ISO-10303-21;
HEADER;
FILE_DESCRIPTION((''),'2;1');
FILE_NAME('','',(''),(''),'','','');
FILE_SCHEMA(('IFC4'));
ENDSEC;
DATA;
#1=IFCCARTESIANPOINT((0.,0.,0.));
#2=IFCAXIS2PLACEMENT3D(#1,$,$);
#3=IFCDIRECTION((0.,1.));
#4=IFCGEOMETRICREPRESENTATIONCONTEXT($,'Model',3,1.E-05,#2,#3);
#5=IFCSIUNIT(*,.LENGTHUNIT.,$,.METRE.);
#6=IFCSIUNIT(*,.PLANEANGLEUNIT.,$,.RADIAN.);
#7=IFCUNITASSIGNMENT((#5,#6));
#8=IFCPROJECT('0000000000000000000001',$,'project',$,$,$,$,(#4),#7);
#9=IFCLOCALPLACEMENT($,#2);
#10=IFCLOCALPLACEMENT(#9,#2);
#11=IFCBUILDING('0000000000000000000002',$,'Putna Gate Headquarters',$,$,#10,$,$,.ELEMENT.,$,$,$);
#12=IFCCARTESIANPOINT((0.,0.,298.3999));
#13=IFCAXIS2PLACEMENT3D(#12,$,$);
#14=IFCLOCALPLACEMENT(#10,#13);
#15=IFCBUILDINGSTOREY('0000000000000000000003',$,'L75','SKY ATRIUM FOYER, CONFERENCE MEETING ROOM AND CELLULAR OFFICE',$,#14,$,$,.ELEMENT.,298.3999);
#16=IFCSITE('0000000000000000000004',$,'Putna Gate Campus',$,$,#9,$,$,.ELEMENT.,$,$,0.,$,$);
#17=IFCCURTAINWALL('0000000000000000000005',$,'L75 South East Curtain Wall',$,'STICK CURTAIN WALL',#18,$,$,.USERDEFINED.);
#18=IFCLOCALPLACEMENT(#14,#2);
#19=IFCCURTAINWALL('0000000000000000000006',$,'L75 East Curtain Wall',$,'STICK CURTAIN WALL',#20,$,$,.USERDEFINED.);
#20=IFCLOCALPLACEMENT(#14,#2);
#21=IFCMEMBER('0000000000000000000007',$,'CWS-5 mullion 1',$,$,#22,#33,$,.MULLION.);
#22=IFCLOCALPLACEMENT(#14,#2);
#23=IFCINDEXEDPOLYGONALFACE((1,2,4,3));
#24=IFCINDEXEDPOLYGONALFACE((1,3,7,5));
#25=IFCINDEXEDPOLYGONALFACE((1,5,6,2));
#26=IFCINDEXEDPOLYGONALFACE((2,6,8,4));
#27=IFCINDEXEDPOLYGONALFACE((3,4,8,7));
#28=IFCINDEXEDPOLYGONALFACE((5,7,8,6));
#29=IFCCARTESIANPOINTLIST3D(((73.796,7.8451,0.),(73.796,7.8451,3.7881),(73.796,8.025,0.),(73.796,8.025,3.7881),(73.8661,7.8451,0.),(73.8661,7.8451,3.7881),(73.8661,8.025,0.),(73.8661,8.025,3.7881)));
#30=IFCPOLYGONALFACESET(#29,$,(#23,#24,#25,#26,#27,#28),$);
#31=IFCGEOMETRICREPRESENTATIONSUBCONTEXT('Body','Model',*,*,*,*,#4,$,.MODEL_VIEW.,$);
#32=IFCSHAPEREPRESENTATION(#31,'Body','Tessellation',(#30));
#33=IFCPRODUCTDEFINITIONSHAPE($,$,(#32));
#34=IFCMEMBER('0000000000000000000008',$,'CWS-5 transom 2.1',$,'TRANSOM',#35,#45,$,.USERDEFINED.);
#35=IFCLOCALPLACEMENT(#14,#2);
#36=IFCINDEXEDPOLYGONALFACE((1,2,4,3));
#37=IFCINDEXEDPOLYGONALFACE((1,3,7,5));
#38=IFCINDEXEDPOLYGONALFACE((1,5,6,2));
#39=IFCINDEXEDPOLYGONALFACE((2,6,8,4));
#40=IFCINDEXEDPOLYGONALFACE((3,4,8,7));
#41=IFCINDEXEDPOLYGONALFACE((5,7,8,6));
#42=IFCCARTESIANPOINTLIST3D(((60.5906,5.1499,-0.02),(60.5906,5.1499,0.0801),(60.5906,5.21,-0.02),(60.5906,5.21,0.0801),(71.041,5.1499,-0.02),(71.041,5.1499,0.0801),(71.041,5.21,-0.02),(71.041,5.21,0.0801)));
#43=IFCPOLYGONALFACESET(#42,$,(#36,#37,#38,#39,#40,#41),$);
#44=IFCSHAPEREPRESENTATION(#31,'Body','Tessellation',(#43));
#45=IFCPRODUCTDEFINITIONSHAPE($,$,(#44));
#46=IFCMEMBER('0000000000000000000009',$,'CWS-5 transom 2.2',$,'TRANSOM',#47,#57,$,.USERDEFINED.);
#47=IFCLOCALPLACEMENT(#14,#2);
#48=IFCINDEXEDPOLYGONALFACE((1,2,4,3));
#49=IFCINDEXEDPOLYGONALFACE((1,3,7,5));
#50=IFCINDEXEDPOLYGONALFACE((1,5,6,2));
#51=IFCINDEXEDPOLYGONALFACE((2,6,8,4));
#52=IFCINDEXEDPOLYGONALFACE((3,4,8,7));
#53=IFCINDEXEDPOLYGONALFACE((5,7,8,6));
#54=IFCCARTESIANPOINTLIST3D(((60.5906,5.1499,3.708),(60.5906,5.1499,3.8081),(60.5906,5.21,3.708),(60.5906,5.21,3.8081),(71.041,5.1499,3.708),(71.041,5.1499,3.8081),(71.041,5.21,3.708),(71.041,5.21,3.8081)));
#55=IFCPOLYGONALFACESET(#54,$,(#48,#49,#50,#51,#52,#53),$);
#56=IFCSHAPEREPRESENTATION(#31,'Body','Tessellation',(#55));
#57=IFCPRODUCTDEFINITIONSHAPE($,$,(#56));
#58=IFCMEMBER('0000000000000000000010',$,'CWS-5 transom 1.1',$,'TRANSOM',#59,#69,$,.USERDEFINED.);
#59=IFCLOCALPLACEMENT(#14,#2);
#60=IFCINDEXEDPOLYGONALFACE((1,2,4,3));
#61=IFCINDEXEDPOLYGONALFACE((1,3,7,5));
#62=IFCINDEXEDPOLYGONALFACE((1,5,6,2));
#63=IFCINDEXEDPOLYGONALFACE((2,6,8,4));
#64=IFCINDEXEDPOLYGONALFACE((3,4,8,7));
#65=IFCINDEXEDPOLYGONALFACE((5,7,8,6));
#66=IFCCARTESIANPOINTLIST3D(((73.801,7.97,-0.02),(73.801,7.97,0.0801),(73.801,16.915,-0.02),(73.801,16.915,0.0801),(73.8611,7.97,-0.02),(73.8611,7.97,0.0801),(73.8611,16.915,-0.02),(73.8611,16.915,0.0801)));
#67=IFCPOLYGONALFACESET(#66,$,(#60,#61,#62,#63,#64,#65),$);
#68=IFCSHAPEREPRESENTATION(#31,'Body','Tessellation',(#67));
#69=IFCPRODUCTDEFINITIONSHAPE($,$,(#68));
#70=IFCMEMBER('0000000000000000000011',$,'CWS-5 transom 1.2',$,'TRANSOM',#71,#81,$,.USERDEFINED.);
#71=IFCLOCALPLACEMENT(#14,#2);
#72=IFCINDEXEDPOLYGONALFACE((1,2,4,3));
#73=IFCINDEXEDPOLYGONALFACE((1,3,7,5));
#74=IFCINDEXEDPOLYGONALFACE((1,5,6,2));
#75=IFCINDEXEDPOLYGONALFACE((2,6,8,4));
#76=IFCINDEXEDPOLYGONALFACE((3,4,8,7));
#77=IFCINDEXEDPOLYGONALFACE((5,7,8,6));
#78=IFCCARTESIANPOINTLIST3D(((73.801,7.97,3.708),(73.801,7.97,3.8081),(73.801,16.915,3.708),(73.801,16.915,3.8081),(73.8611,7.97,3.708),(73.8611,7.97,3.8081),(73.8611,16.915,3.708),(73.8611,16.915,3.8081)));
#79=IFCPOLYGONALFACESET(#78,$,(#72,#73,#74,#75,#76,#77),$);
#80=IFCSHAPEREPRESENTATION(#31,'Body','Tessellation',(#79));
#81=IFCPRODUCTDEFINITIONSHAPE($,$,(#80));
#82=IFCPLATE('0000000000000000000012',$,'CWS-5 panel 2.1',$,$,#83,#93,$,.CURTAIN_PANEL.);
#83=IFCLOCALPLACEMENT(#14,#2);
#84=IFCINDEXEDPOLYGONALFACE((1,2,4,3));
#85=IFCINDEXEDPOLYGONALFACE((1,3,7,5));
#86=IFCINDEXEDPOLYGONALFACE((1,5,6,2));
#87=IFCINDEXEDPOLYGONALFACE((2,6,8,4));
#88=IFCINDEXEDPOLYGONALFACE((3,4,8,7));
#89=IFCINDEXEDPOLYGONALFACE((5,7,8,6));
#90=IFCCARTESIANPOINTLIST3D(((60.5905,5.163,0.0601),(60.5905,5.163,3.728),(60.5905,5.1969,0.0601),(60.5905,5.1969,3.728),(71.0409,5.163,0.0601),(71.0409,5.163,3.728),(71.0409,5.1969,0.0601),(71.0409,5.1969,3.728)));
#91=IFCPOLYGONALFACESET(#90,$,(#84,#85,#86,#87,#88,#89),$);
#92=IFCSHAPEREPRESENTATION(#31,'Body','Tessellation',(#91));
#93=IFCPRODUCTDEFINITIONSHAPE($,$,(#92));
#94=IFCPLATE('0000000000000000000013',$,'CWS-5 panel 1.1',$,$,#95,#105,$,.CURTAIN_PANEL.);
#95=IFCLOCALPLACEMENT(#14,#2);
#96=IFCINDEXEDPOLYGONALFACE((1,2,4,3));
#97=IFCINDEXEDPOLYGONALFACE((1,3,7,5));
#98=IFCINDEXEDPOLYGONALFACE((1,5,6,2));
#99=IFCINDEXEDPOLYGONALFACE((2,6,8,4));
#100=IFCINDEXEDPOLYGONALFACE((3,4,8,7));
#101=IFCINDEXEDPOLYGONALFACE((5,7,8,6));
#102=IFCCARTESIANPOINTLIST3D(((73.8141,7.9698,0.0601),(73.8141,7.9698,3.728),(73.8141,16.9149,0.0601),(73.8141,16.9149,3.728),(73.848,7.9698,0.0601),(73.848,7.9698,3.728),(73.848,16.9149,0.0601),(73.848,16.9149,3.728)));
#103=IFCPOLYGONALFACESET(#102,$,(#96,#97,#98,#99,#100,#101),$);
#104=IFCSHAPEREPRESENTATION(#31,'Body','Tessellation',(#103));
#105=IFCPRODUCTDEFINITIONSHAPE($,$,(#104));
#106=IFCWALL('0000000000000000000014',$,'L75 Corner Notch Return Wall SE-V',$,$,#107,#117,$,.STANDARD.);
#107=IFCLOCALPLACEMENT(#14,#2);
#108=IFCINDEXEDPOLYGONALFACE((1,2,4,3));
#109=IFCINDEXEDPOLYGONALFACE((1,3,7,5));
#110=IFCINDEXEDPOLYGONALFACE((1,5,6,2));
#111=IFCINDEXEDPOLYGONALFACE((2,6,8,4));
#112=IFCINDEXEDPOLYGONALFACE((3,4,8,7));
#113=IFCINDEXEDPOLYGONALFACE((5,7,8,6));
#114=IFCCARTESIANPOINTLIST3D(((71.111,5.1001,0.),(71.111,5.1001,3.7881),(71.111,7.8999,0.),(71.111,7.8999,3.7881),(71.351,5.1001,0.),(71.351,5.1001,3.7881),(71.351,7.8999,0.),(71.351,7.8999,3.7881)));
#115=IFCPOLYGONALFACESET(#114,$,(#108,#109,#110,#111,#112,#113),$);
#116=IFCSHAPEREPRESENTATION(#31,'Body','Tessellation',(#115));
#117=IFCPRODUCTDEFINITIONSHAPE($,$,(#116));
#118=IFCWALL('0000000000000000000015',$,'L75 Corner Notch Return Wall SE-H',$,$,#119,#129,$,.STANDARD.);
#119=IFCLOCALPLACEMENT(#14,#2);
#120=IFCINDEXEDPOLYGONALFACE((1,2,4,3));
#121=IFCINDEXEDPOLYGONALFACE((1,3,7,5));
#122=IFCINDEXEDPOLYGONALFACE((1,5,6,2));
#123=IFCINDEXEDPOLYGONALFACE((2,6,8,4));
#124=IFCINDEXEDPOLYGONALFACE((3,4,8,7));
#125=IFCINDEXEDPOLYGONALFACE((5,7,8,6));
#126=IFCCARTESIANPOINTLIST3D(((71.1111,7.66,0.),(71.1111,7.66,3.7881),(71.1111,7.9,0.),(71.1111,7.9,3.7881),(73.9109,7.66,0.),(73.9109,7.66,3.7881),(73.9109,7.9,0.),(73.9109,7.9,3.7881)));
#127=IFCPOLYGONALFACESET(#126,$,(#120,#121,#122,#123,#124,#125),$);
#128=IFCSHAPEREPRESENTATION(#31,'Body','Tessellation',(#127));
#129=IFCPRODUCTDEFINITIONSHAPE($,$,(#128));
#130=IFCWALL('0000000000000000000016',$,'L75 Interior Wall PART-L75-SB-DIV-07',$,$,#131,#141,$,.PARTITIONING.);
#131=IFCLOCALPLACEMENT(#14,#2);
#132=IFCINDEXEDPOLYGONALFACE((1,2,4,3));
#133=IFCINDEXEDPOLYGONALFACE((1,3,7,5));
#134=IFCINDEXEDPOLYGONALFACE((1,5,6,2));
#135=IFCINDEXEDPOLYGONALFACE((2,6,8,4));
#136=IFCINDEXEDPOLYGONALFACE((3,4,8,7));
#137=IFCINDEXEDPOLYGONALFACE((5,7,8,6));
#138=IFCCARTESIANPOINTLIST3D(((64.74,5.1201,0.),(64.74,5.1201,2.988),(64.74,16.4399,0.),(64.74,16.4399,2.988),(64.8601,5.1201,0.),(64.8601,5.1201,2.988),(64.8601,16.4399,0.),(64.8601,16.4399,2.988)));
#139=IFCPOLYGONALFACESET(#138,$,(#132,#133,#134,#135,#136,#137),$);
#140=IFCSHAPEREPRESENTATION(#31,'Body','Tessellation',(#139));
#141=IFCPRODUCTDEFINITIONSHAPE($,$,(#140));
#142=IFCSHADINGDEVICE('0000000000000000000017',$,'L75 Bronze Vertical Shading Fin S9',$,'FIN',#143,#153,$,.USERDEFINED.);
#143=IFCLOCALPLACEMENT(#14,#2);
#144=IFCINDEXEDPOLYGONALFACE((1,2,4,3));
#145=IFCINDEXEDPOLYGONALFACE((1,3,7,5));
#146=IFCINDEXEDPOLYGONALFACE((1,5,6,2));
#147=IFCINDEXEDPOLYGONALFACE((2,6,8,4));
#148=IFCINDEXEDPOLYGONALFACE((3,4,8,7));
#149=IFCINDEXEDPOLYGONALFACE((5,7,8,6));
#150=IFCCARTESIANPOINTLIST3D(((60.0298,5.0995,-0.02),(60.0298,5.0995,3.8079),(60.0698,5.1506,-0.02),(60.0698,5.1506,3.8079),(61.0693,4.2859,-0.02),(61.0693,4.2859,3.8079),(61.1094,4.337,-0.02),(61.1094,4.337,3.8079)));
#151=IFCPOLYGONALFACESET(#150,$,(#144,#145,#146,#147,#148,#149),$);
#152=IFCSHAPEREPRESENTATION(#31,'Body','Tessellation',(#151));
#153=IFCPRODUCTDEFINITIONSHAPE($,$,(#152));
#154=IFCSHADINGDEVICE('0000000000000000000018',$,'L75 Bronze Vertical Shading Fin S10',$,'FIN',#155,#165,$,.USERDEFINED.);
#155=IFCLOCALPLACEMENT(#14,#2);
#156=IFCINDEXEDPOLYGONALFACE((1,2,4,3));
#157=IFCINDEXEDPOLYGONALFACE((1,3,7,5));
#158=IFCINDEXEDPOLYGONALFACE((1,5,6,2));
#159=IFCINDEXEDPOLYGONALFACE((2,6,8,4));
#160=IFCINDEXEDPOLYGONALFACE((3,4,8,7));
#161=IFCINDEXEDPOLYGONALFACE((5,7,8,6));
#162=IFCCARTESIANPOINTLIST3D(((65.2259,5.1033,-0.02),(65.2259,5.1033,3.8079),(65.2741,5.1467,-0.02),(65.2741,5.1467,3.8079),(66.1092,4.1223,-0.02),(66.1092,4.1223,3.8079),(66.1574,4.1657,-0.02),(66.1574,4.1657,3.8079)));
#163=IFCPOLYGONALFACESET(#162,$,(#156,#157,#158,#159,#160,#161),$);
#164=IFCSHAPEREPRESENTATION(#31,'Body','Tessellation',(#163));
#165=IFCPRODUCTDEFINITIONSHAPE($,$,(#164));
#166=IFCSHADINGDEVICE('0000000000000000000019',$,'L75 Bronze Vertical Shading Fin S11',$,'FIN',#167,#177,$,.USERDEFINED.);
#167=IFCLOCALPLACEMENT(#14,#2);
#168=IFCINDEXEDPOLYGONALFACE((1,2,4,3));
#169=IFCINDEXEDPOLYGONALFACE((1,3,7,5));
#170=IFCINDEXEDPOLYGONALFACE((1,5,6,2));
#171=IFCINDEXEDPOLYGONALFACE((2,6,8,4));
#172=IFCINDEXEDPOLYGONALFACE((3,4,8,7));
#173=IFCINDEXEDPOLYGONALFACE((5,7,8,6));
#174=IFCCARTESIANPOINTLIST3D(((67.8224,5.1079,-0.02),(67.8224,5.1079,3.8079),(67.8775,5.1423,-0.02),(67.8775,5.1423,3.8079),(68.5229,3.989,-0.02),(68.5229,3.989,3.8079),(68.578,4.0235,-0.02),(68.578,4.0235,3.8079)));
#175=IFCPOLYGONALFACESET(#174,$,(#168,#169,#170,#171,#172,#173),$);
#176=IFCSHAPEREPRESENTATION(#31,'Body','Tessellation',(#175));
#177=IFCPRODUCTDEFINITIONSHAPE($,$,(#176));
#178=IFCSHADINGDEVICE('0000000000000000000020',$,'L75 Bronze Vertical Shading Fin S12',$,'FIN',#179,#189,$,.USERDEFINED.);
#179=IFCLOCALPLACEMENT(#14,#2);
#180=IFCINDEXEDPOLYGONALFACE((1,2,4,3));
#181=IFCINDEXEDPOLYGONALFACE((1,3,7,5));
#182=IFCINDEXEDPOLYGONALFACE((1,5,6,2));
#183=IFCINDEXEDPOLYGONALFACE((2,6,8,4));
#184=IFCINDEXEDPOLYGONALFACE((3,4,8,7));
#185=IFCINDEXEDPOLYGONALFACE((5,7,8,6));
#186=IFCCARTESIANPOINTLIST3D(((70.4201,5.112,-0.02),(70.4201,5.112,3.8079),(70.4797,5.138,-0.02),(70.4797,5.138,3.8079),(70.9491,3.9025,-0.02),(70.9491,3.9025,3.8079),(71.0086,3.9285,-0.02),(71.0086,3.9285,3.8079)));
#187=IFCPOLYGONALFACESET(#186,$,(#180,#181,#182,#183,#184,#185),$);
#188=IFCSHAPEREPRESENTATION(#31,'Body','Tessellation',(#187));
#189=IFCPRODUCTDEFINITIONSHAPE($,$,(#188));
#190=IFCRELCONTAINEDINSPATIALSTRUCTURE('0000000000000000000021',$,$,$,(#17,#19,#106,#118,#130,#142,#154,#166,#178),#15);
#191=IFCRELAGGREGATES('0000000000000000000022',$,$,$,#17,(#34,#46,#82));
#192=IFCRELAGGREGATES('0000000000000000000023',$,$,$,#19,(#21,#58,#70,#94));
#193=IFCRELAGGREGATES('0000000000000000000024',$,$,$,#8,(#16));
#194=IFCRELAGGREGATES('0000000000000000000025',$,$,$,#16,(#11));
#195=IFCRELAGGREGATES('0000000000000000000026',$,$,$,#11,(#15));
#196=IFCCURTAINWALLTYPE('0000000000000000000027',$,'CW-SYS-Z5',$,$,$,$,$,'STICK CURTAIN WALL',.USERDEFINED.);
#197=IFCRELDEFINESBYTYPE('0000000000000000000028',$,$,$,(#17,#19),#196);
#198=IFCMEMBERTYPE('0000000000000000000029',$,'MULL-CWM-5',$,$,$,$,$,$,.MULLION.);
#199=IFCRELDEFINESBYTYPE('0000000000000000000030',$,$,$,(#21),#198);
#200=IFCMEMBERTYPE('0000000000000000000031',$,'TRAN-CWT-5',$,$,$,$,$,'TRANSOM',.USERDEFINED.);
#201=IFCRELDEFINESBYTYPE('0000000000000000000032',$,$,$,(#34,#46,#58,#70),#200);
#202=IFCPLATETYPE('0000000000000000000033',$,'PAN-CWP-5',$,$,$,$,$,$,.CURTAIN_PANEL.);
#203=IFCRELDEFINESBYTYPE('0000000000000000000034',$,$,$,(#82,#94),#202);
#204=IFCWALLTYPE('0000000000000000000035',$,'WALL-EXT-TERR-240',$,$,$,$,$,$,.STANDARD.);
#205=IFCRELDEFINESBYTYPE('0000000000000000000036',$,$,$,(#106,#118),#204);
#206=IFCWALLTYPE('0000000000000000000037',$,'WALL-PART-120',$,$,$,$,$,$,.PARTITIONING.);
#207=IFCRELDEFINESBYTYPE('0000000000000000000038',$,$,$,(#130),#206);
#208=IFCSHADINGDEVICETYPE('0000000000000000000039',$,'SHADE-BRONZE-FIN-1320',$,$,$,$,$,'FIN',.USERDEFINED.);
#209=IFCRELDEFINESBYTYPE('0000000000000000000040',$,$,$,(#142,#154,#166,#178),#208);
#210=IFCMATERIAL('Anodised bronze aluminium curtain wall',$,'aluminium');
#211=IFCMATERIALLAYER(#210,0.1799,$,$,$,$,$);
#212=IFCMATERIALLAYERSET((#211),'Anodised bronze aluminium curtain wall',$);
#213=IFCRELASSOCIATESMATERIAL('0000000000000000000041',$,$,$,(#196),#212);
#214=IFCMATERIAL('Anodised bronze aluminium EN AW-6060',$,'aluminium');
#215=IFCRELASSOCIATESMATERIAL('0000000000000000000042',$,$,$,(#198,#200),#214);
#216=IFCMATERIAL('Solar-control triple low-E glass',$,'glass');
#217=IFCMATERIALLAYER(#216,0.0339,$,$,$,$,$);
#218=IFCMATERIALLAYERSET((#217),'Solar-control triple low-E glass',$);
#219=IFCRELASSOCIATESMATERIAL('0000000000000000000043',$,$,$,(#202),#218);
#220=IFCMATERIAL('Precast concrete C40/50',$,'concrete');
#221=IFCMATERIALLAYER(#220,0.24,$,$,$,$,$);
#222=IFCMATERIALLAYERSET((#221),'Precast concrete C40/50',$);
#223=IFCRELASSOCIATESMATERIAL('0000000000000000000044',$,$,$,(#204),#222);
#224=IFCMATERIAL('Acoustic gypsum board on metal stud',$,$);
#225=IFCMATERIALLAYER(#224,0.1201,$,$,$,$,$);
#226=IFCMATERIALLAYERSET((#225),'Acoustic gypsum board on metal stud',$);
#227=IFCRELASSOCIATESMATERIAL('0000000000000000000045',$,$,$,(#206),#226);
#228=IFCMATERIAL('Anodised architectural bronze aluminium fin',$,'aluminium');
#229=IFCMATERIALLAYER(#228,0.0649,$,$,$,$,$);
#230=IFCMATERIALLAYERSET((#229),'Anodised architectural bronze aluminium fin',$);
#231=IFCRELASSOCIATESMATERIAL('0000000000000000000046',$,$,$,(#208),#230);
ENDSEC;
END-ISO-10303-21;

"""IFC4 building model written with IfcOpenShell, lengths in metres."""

from ifc_helpers import new_model, si_unit, direction, frame, frame_2d, origin, origin_2d, place, context, subcontext, project, spatial, rectangle, extrude, material, layer, layer_set, material_profile, profile_set, type_object, element, aggregate, save


model = new_model("IFC4")

# Units and contexts
model_context = context("Model", 3, precision=1e-05, world=origin(), true_north=direction((0.0, 1.0)))
body_context = subcontext(model_context, "Body", "Model", "MODEL_VIEW")
ifc_project = project(units=[si_unit("LENGTHUNIT", "METRE"), si_unit("PLANEANGLEUNIT", "RADIAN")], contexts=[model_context])

# Site, building, storey
site_placement = place(None, origin())
site = spatial("IfcSite", under=ifc_project, at=site_placement, Name="Putna Gate Campus", CompositionType="ELEMENT", RefElevation=0.0)
building_placement = place(site_placement, origin())
building = spatial("IfcBuilding", under=site, at=building_placement, Name="Putna Gate Headquarters", CompositionType="ELEMENT")
storey_placement = place(building_placement, frame((0.0, 0.0, 298.3999)))
storey = spatial("IfcBuildingStorey", under=building, at=storey_placement, Name="L75", Description="SKY ATRIUM FOYER, CONFERENCE MEETING ROOM AND CELLULAR OFFICE", CompositionType="ELEMENT", Elevation=298.3999)

# Curtain wall
ifc_material_1 = material(Name="Anodised bronze aluminium curtain wall", Category="aluminium")
ifc_layer_1 = layer(ifc_material_1, 0.1799)
ifc_layer_set_1 = layer_set([ifc_layer_1], Name="Anodised bronze aluminium curtain wall")
curtain_wall_type = type_object("IfcCurtainWallType", Name="CW-SYS-Z5", ElementType="STICK CURTAIN WALL", PredefinedType="USERDEFINED", material=ifc_layer_set_1)
curtain_wall_1_placement = place(storey_placement, origin())
curtain_wall_1 = element("IfcCurtainWall", 1, at=curtain_wall_1_placement, inside=storey, type_object=curtain_wall_type, Name="L75 South East Curtain Wall", ObjectType="STICK CURTAIN WALL", PredefinedType="USERDEFINED")
ifc_material_2 = material(Name="Anodised bronze aluminium EN AW-6060", Category="aluminium")
ifc_material_profile_1 = material_profile(ifc_material_2, rectangle(XDim=0.0701, YDim=0.1799, at=origin_2d()), Name="Anodised bronze aluminium EN AW-6060")
ifc_profile_set_1 = profile_set([ifc_material_profile_1], Name="Anodised bronze aluminium EN AW-6060")
member_type_1 = type_object("IfcMemberType", Name="MULL-CWM-5", PredefinedType="MULLION", material=ifc_profile_set_1)

# Curtain wall, member
curtain_wall_2_placement = place(storey_placement, origin())
curtain_wall_2 = element("IfcCurtainWall", 2, at=curtain_wall_2_placement, inside=storey, type_object=curtain_wall_type, Name="L75 East Curtain Wall", ObjectType="STICK CURTAIN WALL", PredefinedType="USERDEFINED")
member_1_placement = place(storey_placement, frame((73.8311, 7.9351, 0.0), z_axis=(0.0, 0.0, 1.0), x_axis=(-1.0, 0.0, 0.0)))
member_1 = element("IfcMember", 3, at=member_1_placement, type_object=member_type_1, Name="CWS-5 mullion 1", PredefinedType="MULLION", context=body_context, shape_type="SweptSolid", body=[
    extrude(rectangle(XDim=0.0701, YDim=0.1799, at=origin_2d()), origin(), (0.0, 0.0, 1.0), 3.7881),
])

# Members
ifc_material_profile_2 = material_profile(ifc_material_2, rectangle(XDim=0.0601, YDim=0.1001, at=origin_2d()), Name="Anodised bronze aluminium EN AW-6060")
ifc_profile_set_2 = profile_set([ifc_material_profile_2], Name="Anodised bronze aluminium EN AW-6060")
member_type_2 = type_object("IfcMemberType", Name="TRAN-CWT-5", ElementType="TRANSOM", PredefinedType="USERDEFINED", material=ifc_profile_set_2)
member_2_placement = place(storey_placement, frame((60.5906, 5.1799, 0.03), z_axis=(1.0, 0.0, 0.0), x_axis=(0.0, 1.0, 0.0)))
member_2 = element("IfcMember", 4, at=member_2_placement, type_object=member_type_2, Name="CWS-5 transom 2.1", ObjectType="TRANSOM", PredefinedType="USERDEFINED", context=body_context, shape_type="SweptSolid", body=[
    extrude(rectangle(XDim=0.0601, YDim=0.1001, at=origin_2d()), origin(), (0.0, 0.0, 1.0), 10.4504),
])
member_3_placement = place(storey_placement, frame((60.5906, 5.1799, 3.7581), z_axis=(1.0, 0.0, 0.0), x_axis=(0.0, 1.0, 0.0)))
member_3 = element("IfcMember", 5, at=member_3_placement, type_object=member_type_2, Name="CWS-5 transom 2.2", ObjectType="TRANSOM", PredefinedType="USERDEFINED", context=body_context, shape_type="SweptSolid", body=[
    extrude(rectangle(XDim=0.0601, YDim=0.1001, at=origin_2d()), origin(), (0.0, 0.0, 1.0), 10.4504),
])
member_4_placement = place(storey_placement, frame((73.8311, 7.97, 0.03), z_axis=(0.0, 1.0, 0.0), x_axis=(-1.0, 0.0, 0.0)))
member_4 = element("IfcMember", 6, at=member_4_placement, type_object=member_type_2, Name="CWS-5 transom 1.1", ObjectType="TRANSOM", PredefinedType="USERDEFINED", context=body_context, shape_type="SweptSolid", body=[
    extrude(rectangle(XDim=0.0601, YDim=0.1001, at=origin_2d()), origin(), (0.0, 0.0, 1.0), 8.9451),
])
member_5_placement = place(storey_placement, frame((73.8311, 7.97, 3.7581), z_axis=(0.0, 1.0, 0.0), x_axis=(-1.0, 0.0, 0.0)))
member_5 = element("IfcMember", 7, at=member_5_placement, type_object=member_type_2, Name="CWS-5 transom 1.2", ObjectType="TRANSOM", PredefinedType="USERDEFINED", context=body_context, shape_type="SweptSolid", body=[
    extrude(rectangle(XDim=0.0601, YDim=0.1001, at=origin_2d()), origin(), (0.0, 0.0, 1.0), 8.9451),
])

# Plates
ifc_material_3 = material(Name="Solar-control triple low-E glass", Category="glass")
ifc_layer_2 = layer(ifc_material_3, 0.0339)
ifc_layer_set_2 = layer_set([ifc_layer_2], Name="Solar-control triple low-E glass")
plate_type = type_object("IfcPlateType", Name="PAN-CWP-5", PredefinedType="CURTAIN_PANEL", material=ifc_layer_set_2)
plate_1_placement = place(storey_placement, frame((65.8157, 5.1799, 0.0601), z_axis=(0.0, 0.0, 1.0), x_axis=(1.0, 0.0, 0.0)))
plate_1 = element("IfcPlate", 8, at=plate_1_placement, type_object=plate_type, Name="CWS-5 panel 2.1", PredefinedType="CURTAIN_PANEL", context=body_context, shape_type="SweptSolid", body=[
    extrude(rectangle(XDim=10.4504, YDim=0.0339, at=origin_2d()), origin(), (0.0, 0.0, 1.0), 3.668),
])
aggregate(curtain_wall_1, [member_2, member_3, plate_1])
plate_2_placement = place(storey_placement, frame((73.8311, 12.4424, 0.0601), z_axis=(0.0, 0.0, 1.0), x_axis=(0.0, 1.0, 0.0)))
plate_2 = element("IfcPlate", 9, at=plate_2_placement, type_object=plate_type, Name="CWS-5 panel 1.1", PredefinedType="CURTAIN_PANEL", context=body_context, shape_type="SweptSolid", body=[
    extrude(rectangle(XDim=8.9451, YDim=0.0339, at=origin_2d()), origin(), (0.0, 0.0, 1.0), 3.668),
])
aggregate(curtain_wall_2, [member_1, member_4, member_5, plate_2])

# Walls
ifc_material_4 = material(Name="Precast concrete C40/50", Category="concrete")
ifc_layer_3 = layer(ifc_material_4, 0.24)
ifc_layer_set_3 = layer_set([ifc_layer_3], Name="Precast concrete C40/50")
wall_type_1 = type_object("IfcWallType", Name="WALL-EXT-TERR-240", PredefinedType="STANDARD", material=ifc_layer_set_3)
for number, where, z_axis, x_axis, name in (
    (10, (71.231, 7.8999, 0.0), (0.0, 0.0, 1.0), (0.0, -1.0, 0.0), "L75 Corner Notch Return Wall SE-V"),
    (11, (73.9109, 7.78, 0.0), (0.0, 0.0, 1.0), (-1.0, 0.0, 0.0), "L75 Corner Notch Return Wall SE-H"),
):
    element("IfcWall", number, at=place(storey_placement, frame(where, z_axis=z_axis, x_axis=x_axis)), inside=storey, type_object=wall_type_1, Name=name, PredefinedType="STANDARD", context=body_context, shape_type="SweptSolid", body=[
        extrude(rectangle(XDim=2.7998, YDim=0.24, at=frame_2d((1.3999, 0.0))), origin(), (0.0, 0.0, 1.0), 3.7881),
    ])
ifc_material_5 = material(Name="Acoustic gypsum board on metal stud")
ifc_layer_4 = layer(ifc_material_5, 0.1201)
ifc_layer_set_4 = layer_set([ifc_layer_4], Name="Acoustic gypsum board on metal stud")
wall_type_2 = type_object("IfcWallType", Name="WALL-PART-120", PredefinedType="PARTITIONING", material=ifc_layer_set_4)
wall_placement = place(storey_placement, frame((64.8, 5.1201, 0.0), z_axis=(0.0, 0.0, 1.0), x_axis=(0.0, 1.0, 0.0)))
element("IfcWall", 12, at=wall_placement, inside=storey, type_object=wall_type_2, Name="L75 Interior Wall PART-L75-SB-DIV-07", PredefinedType="PARTITIONING", context=body_context, shape_type="SweptSolid", body=[
    extrude(rectangle(XDim=11.3198, YDim=0.1201, at=frame_2d((5.6599, 0.0))), origin(), (0.0, 0.0, 1.0), 2.988),
])

# Shading devices
ifc_material_6 = material(Name="Anodised architectural bronze aluminium fin", Category="aluminium")
ifc_layer_5 = layer(ifc_material_6, 0.0649)
ifc_layer_set_5 = layer_set([ifc_layer_5], Name="Anodised architectural bronze aluminium fin")
shading_device_type = type_object("IfcShadingDeviceType", Name="SHADE-BRONZE-FIN-1320", ElementType="FIN", PredefinedType="USERDEFINED", material=ifc_layer_set_5)
for number, where, z_axis, x_axis, name in (
    (13, (60.5696, 4.7183, -0.02), (0.0, 0.0, 1.0), (0.787473, -0.616349, 0.0), "L75 Bronze Vertical Shading Fin S9"),
    (14, (65.6917, 4.6345, -0.02), (0.0, 0.0, 1.0), (0.669131, -0.743145, 0.0), "L75 Bronze Vertical Shading Fin S10"),
    (15, (68.2002, 4.5657, -0.02), (0.0, 0.0, 1.0), (0.530659, -0.847585, 0.0), "L75 Bronze Vertical Shading Fin S11"),
    (16, (70.7144, 4.5203, -0.02), (0.0, 0.0, 1.0), (0.400669, -0.916223, 0.0), "L75 Bronze Vertical Shading Fin S12"),
):
    element("IfcShadingDevice", number, at=place(storey_placement, frame(where, z_axis=z_axis, x_axis=x_axis)), inside=storey, type_object=shading_device_type, Name=name, ObjectType="FIN", PredefinedType="USERDEFINED", context=body_context, shape_type="SweptSolid", body=[
        extrude(rectangle(XDim=1.3201, YDim=0.0649, at=origin_2d()), origin(), (0.0, 0.0, 1.0), 3.8279),
    ])

save(model, "model.ifc")
